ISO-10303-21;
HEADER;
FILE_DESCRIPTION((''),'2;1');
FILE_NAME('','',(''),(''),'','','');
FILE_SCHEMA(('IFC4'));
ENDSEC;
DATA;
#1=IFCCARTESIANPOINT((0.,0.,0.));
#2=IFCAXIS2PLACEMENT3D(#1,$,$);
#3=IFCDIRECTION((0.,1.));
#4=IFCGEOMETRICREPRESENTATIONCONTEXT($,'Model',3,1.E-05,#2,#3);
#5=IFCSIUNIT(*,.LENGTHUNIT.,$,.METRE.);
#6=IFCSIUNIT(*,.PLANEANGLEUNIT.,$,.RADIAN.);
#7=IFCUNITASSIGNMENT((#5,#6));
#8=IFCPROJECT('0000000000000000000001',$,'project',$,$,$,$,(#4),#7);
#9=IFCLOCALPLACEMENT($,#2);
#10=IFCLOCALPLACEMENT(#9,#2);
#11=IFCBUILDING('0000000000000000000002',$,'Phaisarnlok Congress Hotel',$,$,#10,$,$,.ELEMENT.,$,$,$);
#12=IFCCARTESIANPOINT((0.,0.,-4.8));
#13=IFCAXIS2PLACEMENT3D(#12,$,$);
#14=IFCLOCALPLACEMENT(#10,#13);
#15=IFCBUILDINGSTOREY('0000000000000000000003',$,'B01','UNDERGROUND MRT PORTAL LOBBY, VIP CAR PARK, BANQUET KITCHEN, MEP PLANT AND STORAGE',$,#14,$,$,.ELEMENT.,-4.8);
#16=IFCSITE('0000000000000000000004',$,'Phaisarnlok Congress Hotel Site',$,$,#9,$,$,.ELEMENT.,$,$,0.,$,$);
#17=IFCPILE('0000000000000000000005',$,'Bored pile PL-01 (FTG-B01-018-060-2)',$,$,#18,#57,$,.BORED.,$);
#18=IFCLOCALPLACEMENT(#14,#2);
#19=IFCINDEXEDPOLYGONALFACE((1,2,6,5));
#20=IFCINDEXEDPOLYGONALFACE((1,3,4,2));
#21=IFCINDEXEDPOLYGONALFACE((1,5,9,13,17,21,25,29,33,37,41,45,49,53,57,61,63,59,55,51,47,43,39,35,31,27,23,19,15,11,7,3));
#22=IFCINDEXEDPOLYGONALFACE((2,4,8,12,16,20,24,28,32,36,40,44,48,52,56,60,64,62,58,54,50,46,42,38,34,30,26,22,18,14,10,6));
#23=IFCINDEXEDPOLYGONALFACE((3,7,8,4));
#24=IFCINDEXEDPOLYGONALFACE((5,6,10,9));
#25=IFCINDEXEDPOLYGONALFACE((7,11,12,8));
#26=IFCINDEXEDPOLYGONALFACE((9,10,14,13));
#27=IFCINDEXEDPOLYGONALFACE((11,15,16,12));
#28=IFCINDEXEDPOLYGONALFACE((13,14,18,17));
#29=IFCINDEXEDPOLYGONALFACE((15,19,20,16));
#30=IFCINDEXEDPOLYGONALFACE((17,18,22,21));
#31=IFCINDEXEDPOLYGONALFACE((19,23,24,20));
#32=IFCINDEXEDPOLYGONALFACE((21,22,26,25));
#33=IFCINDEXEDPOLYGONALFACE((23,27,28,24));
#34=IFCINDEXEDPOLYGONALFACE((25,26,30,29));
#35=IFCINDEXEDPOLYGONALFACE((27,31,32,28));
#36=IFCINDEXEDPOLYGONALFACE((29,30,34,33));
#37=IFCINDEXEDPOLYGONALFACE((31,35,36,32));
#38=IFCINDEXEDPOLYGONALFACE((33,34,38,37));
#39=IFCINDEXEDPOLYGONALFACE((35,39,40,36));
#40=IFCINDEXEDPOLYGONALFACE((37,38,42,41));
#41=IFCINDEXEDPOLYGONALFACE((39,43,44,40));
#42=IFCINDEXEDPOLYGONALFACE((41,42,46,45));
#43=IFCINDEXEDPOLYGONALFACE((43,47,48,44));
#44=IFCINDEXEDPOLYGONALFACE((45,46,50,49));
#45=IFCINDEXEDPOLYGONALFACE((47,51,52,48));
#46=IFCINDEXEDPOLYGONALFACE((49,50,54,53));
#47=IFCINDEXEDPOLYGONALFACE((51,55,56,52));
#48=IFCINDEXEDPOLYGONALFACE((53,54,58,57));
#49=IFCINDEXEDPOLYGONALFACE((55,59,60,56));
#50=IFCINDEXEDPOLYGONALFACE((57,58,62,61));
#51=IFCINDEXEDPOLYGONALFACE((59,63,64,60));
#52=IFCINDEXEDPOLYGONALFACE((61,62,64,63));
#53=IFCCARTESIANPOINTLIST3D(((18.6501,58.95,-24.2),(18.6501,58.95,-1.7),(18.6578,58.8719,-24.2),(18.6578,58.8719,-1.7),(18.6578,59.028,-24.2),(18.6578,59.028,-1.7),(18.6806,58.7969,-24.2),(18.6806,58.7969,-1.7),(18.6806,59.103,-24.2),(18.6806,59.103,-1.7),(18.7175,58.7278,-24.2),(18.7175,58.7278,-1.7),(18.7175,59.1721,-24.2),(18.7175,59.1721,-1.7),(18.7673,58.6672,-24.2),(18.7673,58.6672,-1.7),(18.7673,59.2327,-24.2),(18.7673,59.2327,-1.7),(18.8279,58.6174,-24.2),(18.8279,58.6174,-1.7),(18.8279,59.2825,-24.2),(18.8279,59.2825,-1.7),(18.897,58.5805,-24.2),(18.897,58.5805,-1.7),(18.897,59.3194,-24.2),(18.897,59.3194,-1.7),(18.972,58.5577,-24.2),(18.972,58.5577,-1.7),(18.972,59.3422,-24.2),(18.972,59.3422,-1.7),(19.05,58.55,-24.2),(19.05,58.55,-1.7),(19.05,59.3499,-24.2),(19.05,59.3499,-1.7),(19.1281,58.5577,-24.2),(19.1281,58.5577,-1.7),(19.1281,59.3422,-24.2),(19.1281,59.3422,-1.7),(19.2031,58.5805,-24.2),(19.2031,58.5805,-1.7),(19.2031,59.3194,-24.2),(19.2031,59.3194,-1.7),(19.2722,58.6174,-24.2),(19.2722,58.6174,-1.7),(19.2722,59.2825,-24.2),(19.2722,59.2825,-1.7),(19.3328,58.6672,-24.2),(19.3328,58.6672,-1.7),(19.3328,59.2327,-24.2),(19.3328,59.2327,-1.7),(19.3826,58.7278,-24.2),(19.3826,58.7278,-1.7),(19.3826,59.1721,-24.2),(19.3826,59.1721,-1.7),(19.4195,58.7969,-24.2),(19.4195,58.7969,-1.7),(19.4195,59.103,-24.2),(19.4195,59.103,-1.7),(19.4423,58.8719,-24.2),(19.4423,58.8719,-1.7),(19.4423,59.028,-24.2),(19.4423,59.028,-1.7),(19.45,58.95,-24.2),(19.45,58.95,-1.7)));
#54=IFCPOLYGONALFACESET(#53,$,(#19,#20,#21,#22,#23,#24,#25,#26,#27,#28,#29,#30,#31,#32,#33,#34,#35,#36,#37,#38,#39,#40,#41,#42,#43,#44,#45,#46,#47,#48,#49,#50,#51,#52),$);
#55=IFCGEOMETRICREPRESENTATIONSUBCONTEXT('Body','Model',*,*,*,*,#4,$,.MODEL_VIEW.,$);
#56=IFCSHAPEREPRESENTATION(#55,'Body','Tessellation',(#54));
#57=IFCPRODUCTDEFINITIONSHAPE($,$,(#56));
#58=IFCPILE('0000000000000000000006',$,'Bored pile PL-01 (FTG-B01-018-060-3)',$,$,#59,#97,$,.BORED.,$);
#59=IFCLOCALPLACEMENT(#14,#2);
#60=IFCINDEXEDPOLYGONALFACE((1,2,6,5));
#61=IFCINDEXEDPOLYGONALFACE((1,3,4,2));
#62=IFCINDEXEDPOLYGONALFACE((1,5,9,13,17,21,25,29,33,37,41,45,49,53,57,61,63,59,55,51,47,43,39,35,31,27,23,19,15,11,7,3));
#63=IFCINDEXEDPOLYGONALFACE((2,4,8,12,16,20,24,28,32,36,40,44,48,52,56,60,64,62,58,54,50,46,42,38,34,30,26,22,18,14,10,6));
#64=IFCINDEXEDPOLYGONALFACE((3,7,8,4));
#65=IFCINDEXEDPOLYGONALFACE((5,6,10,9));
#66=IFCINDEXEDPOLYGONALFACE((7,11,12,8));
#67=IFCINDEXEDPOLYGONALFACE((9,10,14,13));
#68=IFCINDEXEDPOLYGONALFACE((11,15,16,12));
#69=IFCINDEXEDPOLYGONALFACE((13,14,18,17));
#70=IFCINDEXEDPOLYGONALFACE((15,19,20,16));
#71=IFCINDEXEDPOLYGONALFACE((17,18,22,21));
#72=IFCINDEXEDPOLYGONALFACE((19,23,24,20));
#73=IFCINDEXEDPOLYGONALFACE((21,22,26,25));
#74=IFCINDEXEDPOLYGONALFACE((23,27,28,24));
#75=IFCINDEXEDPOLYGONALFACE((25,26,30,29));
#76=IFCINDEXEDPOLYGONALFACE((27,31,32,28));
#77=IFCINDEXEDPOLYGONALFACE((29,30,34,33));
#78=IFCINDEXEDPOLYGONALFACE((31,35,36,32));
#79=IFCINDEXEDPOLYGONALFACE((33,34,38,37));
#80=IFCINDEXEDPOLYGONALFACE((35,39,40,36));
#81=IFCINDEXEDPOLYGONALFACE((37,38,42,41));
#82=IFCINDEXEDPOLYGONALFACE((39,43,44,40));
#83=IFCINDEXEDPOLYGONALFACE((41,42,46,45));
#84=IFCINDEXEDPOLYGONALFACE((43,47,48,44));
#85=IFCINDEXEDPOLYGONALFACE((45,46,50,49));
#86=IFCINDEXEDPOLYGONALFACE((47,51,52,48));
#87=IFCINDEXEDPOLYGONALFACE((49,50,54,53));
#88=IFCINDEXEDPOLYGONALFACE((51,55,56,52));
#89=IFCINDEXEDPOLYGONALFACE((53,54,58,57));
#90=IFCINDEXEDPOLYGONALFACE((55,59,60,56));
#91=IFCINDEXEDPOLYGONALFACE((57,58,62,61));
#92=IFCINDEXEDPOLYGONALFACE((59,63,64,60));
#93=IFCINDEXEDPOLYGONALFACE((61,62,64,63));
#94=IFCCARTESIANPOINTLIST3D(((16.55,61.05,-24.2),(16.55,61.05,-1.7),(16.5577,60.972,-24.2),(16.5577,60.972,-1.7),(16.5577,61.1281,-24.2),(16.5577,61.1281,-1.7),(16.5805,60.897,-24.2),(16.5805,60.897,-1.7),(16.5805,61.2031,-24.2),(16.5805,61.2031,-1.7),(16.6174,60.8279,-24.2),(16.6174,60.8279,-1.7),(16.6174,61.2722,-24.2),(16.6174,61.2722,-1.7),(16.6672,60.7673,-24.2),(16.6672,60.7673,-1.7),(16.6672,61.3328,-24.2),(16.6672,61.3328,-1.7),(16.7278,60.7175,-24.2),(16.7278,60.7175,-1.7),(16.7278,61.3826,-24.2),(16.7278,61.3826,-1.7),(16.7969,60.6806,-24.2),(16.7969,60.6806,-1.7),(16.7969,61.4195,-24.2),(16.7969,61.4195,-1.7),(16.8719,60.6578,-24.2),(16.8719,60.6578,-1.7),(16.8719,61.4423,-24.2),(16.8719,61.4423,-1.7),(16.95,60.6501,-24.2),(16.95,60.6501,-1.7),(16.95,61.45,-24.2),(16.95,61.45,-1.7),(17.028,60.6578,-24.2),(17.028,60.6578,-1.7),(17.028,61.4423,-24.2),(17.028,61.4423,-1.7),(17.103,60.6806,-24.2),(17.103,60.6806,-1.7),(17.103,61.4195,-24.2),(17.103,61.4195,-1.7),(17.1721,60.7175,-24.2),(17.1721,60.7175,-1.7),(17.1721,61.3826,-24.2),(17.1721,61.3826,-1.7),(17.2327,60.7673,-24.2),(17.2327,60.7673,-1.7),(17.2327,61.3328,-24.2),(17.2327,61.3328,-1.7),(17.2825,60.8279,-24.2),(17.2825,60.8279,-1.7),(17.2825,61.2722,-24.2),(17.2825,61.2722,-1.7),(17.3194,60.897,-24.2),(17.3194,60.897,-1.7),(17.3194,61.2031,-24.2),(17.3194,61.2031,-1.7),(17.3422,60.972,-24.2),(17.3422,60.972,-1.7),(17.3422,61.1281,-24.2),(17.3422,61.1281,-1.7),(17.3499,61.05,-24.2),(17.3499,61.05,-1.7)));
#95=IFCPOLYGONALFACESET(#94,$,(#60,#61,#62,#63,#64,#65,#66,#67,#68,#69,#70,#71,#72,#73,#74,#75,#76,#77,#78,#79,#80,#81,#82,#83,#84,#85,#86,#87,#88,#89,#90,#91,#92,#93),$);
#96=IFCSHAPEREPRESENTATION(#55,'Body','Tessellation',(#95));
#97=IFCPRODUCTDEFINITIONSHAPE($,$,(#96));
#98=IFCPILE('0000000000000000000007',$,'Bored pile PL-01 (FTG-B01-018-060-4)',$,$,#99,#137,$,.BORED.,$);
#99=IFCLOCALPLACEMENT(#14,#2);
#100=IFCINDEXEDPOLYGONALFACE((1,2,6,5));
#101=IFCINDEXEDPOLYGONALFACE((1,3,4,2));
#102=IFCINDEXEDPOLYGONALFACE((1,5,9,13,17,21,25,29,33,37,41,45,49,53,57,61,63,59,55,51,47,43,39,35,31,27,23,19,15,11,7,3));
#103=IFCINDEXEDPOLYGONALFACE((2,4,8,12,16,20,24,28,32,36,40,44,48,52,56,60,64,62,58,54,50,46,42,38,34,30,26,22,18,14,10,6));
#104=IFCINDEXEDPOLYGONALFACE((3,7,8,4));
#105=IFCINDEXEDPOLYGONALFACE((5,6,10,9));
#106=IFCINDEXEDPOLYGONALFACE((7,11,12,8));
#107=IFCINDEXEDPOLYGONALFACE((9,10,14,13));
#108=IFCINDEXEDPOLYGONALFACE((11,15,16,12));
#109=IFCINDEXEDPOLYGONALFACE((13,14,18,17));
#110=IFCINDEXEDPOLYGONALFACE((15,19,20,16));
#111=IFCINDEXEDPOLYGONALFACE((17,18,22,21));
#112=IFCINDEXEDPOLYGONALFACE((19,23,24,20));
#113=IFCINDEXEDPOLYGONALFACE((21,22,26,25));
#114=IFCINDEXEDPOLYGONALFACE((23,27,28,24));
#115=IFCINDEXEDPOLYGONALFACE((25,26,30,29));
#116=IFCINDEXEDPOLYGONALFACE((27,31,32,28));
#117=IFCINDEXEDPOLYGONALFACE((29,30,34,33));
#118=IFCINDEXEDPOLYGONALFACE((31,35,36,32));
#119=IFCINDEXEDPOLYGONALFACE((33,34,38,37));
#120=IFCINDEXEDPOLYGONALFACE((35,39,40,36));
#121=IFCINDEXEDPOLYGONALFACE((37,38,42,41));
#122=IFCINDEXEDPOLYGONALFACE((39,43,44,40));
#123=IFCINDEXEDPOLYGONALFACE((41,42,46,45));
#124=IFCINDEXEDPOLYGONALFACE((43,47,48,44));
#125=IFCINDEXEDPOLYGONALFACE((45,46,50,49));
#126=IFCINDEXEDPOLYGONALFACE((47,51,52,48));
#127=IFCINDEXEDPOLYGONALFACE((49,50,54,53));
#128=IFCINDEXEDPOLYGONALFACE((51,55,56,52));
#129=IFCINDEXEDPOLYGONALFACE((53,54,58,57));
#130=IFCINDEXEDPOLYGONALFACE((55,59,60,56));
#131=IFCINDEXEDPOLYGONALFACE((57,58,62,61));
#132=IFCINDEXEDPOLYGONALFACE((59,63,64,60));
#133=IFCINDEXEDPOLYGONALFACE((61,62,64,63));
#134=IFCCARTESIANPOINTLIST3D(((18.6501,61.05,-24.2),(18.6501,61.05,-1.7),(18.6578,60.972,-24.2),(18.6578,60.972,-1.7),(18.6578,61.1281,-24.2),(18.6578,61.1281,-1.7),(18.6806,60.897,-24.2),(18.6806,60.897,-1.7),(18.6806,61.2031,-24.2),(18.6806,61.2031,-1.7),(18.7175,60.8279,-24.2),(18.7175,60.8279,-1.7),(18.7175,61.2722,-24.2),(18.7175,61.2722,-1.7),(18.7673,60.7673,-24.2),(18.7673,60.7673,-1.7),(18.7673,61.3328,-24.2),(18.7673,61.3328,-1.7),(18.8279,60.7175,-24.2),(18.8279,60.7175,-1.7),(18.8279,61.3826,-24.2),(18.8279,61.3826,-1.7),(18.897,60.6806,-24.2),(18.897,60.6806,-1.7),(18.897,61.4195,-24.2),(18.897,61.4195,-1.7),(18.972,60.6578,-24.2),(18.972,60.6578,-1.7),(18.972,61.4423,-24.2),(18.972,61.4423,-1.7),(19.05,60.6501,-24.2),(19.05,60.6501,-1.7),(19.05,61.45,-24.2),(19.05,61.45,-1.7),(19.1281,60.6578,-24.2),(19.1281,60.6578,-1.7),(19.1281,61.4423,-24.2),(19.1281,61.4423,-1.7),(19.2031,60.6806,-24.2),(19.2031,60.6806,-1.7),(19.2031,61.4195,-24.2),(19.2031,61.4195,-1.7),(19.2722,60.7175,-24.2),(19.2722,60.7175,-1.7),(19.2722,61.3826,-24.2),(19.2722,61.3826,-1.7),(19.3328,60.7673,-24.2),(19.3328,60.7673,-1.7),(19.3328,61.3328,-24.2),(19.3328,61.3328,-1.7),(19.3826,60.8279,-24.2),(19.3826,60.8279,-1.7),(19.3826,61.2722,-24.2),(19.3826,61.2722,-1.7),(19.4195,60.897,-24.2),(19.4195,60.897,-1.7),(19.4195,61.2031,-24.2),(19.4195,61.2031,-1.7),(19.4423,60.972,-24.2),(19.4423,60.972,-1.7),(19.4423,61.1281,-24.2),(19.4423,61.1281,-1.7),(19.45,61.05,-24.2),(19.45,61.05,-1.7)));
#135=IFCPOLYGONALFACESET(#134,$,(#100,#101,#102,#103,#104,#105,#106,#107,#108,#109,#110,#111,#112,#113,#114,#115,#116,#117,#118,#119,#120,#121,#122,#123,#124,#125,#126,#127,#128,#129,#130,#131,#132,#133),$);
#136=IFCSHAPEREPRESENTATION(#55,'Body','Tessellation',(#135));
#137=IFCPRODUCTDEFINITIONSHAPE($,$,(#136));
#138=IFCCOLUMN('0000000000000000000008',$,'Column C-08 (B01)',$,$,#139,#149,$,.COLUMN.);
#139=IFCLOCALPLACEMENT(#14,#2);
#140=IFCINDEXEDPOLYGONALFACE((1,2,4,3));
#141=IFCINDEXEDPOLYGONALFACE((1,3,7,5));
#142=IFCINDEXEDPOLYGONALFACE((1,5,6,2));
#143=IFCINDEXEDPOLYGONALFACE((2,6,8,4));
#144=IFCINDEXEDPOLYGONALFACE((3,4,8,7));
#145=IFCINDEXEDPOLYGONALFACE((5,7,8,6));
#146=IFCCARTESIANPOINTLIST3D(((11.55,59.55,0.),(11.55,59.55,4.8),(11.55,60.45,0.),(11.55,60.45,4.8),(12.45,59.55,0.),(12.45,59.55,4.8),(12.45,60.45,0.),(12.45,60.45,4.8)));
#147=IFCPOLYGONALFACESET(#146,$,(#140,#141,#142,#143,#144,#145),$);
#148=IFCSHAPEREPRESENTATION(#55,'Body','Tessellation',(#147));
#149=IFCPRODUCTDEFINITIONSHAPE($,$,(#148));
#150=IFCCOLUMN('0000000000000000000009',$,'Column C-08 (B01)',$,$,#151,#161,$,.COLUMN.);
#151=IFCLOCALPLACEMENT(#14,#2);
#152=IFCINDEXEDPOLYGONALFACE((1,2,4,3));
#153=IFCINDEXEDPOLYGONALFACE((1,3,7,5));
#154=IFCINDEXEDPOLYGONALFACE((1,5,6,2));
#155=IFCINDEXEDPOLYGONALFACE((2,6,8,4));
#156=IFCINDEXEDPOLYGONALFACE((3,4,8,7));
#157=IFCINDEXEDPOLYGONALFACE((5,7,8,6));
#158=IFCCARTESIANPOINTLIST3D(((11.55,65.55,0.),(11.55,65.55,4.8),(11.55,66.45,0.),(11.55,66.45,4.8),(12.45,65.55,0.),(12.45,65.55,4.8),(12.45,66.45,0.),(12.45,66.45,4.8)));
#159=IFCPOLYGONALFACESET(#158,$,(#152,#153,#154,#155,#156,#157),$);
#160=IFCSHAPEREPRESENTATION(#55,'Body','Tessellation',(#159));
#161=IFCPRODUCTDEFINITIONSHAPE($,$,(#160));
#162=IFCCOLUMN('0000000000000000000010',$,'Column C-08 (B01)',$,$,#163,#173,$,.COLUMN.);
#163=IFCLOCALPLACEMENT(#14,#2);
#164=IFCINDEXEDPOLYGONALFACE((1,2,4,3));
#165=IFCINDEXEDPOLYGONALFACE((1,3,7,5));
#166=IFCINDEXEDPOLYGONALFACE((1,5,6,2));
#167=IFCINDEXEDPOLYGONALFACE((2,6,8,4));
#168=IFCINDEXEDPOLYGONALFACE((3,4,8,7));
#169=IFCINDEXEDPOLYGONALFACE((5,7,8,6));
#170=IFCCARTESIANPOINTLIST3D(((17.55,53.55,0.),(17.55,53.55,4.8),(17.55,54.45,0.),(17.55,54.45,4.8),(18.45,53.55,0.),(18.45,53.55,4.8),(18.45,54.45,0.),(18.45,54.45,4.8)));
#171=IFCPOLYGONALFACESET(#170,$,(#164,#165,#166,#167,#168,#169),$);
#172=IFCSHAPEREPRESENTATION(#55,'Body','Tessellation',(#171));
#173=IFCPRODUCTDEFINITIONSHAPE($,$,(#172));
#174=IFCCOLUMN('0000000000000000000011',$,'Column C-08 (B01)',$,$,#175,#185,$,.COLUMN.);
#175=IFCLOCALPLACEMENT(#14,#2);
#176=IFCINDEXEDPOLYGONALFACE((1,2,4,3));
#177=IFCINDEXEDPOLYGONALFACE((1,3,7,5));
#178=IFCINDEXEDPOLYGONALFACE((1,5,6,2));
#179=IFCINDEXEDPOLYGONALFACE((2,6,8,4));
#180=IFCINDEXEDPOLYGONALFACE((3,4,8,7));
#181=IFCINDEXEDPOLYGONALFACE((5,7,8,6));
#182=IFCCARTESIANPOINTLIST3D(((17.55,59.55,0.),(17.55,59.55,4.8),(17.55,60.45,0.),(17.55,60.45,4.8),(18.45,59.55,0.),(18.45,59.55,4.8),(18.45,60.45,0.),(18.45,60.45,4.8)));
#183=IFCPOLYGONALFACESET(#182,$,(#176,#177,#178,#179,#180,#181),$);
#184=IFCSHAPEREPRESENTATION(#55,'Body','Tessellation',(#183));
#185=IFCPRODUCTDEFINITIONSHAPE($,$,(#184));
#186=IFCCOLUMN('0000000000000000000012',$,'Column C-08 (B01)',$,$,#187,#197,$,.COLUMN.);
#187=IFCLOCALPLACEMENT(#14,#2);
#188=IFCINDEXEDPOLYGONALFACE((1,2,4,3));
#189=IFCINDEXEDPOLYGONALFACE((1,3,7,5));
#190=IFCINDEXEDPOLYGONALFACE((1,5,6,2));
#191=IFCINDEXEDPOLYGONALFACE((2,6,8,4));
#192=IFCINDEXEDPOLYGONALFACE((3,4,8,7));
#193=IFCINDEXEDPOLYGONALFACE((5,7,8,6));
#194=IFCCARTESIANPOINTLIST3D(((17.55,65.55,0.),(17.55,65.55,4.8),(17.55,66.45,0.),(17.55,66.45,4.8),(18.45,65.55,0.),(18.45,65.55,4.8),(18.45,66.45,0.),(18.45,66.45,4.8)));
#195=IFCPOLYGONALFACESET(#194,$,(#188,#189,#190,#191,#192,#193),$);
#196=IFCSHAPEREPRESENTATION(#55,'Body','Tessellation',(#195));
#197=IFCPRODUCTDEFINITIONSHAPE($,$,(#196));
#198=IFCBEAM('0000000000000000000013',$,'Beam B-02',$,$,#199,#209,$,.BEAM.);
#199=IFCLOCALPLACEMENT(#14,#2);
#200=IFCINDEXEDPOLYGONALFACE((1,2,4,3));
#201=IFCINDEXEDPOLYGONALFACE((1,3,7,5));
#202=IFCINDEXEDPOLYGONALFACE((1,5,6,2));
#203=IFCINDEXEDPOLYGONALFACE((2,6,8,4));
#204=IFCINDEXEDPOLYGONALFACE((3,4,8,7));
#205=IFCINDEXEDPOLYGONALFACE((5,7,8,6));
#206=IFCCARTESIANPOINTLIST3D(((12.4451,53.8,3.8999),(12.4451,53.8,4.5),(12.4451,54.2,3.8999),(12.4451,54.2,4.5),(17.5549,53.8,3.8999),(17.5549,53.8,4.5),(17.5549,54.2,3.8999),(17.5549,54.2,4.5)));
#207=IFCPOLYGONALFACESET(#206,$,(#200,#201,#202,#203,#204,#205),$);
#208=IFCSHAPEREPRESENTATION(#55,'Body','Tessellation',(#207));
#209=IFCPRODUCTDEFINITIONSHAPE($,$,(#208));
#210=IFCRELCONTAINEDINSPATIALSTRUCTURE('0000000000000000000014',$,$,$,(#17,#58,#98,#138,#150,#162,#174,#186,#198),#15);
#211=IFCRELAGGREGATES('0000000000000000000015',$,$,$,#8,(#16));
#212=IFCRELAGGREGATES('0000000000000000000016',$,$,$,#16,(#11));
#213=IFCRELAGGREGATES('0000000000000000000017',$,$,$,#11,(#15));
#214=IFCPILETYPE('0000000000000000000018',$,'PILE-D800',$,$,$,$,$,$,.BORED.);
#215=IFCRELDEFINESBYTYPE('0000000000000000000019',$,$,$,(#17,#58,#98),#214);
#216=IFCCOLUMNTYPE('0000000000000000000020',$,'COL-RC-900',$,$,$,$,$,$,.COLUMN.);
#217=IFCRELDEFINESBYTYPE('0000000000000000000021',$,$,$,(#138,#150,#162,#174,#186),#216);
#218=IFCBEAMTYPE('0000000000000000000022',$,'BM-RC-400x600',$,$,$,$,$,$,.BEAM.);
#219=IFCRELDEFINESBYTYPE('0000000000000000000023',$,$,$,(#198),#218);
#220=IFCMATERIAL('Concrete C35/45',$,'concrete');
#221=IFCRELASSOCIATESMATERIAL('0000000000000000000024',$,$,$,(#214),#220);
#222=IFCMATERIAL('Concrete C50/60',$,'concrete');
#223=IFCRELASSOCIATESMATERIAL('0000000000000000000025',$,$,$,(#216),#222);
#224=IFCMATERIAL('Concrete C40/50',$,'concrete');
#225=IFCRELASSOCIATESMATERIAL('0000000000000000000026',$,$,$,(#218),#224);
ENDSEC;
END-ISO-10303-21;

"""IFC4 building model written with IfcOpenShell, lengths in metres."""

from ifc_helpers import new_model, si_unit, direction, frame, origin, origin_2d, place, context, subcontext, project, spatial, rectangle, circle, extrude, material, material_profile, profile_set, type_object, element, save


model = new_model("IFC4")

# Units and contexts
model_context = context("Model", 3, precision=1e-05, world=origin(), true_north=direction((0.0, 1.0)))
body_context = subcontext(model_context, "Body", "Model", "MODEL_VIEW")
ifc_project = project(units=[si_unit("LENGTHUNIT", "METRE"), si_unit("PLANEANGLEUNIT", "RADIAN")], contexts=[model_context])

# Site, building, storey
site_placement = place(None, origin())
site = spatial("IfcSite", under=ifc_project, at=site_placement, Name="Phaisarnlok Congress Hotel Site", CompositionType="ELEMENT", RefElevation=0.0)
building_placement = place(site_placement, origin())
building = spatial("IfcBuilding", under=site, at=building_placement, Name="Phaisarnlok Congress Hotel", CompositionType="ELEMENT")
storey_placement = place(building_placement, frame((0.0, 0.0, -4.8)))
storey = spatial("IfcBuildingStorey", under=building, at=storey_placement, Name="B01", Description="UNDERGROUND MRT PORTAL LOBBY, VIP CAR PARK, BANQUET KITCHEN, MEP PLANT AND STORAGE", CompositionType="ELEMENT", Elevation=-4.8)

# Shared definitions
ifc_material_1 = material(Name="Concrete C40/50", Category="concrete")

# Piles
ifc_material_2 = material(Name="Concrete C35/45", Category="concrete")
ifc_material_profile_1 = material_profile(ifc_material_2, circle(Radius=0.3999, at=origin_2d()), Name="BORED PILE D800")
ifc_profile_set_1 = profile_set([ifc_material_profile_1], Name="Concrete C35/45")
pile_type_1 = type_object("IfcPileType", Name="PILE-D800", PredefinedType="BORED", material=ifc_profile_set_1)
for number, where, z_axis, x_axis, name in (
    (1, (19.05, 58.95, -1.7), (0.0, 0.0, -1.0), (1.0, 0.0, 0.0), "Bored pile PL-01 (FTG-B01-018-060-2)"),
    (2, (16.95, 61.05, -1.7), (0.0, 0.0, -1.0), (1.0, 0.0, 0.0), "Bored pile PL-01 (FTG-B01-018-060-3)"),
    (3, (19.05, 61.05, -1.7), (0.0, 0.0, -1.0), (1.0, 0.0, 0.0), "Bored pile PL-01 (FTG-B01-018-060-4)"),
):
    element("IfcPile", number, at=place(storey_placement, frame(where, z_axis=z_axis, x_axis=x_axis)), inside=storey, type_object=pile_type_1, Name=name, PredefinedType="BORED", context=body_context, shape_type="SweptSolid", body=[
        extrude(circle(Radius=0.3999, at=origin_2d()), origin(), (0.0, 0.0, 1.0), 22.5),
    ])

# Columns
ifc_material_3 = material(Name="Concrete C50/60", Category="concrete")
ifc_material_profile_2 = material_profile(ifc_material_3, rectangle(XDim=0.8999, YDim=0.8999, at=origin_2d()), Name="RC 900x900")
ifc_profile_set_2 = profile_set([ifc_material_profile_2], Name="Concrete C50/60")
column_type = type_object("IfcColumnType", Name="COL-RC-900", PredefinedType="COLUMN", material=ifc_profile_set_2)
for number, where, z_axis, x_axis, name in (
    (4, (12.0, 60.0, 0.0), (0.0, 0.0, 1.0), (1.0, 0.0, 0.0), "Column C-08 (B01)"),
    (5, (12.0, 66.0, 0.0), (0.0, 0.0, 1.0), (1.0, 0.0, 0.0), "Column C-08 (B01)"),
    (6, (18.0, 54.0, 0.0), (0.0, 0.0, 1.0), (1.0, 0.0, 0.0), "Column C-08 (B01)"),
    (7, (18.0, 60.0, 0.0), (0.0, 0.0, 1.0), (1.0, 0.0, 0.0), "Column C-08 (B01)"),
    (8, (18.0, 66.0, 0.0), (0.0, 0.0, 1.0), (1.0, 0.0, 0.0), "Column C-08 (B01)"),
):
    element("IfcColumn", number, at=place(storey_placement, frame(where, z_axis=z_axis, x_axis=x_axis)), inside=storey, type_object=column_type, Name=name, PredefinedType="COLUMN", context=body_context, shape_type="SweptSolid", body=[
        extrude(rectangle(XDim=0.8999, YDim=0.8999, at=origin_2d()), origin(), (0.0, 0.0, 1.0), 4.8),
    ])

# Beam
ifc_material_profile_3 = material_profile(ifc_material_1, rectangle(XDim=0.3999, YDim=0.6001, at=origin_2d()), Name="RC 400x600")
ifc_profile_set_3 = profile_set([ifc_material_profile_3], Name="Concrete C40/50")
beam_type_1 = type_object("IfcBeamType", Name="BM-RC-400x600", PredefinedType="BEAM", material=ifc_profile_set_3)
for number, where, z_axis, x_axis, name in (
    (9, (12.4451, 54.0, 4.2), (1.0, 0.0, 0.0), (0.0, 1.0, 0.0), "Beam B-02"),
):
    element("IfcBeam", number, at=place(storey_placement, frame(where, z_axis=z_axis, x_axis=x_axis)), inside=storey, type_object=beam_type_1, Name=name, PredefinedType="BEAM", context=body_context, shape_type="SweptSolid", body=[
        extrude(rectangle(XDim=0.3999, YDim=0.6001, at=origin_2d()), origin(), (0.0, 0.0, 1.0), 5.1099),
    ])

save(model, "model.ifc")
